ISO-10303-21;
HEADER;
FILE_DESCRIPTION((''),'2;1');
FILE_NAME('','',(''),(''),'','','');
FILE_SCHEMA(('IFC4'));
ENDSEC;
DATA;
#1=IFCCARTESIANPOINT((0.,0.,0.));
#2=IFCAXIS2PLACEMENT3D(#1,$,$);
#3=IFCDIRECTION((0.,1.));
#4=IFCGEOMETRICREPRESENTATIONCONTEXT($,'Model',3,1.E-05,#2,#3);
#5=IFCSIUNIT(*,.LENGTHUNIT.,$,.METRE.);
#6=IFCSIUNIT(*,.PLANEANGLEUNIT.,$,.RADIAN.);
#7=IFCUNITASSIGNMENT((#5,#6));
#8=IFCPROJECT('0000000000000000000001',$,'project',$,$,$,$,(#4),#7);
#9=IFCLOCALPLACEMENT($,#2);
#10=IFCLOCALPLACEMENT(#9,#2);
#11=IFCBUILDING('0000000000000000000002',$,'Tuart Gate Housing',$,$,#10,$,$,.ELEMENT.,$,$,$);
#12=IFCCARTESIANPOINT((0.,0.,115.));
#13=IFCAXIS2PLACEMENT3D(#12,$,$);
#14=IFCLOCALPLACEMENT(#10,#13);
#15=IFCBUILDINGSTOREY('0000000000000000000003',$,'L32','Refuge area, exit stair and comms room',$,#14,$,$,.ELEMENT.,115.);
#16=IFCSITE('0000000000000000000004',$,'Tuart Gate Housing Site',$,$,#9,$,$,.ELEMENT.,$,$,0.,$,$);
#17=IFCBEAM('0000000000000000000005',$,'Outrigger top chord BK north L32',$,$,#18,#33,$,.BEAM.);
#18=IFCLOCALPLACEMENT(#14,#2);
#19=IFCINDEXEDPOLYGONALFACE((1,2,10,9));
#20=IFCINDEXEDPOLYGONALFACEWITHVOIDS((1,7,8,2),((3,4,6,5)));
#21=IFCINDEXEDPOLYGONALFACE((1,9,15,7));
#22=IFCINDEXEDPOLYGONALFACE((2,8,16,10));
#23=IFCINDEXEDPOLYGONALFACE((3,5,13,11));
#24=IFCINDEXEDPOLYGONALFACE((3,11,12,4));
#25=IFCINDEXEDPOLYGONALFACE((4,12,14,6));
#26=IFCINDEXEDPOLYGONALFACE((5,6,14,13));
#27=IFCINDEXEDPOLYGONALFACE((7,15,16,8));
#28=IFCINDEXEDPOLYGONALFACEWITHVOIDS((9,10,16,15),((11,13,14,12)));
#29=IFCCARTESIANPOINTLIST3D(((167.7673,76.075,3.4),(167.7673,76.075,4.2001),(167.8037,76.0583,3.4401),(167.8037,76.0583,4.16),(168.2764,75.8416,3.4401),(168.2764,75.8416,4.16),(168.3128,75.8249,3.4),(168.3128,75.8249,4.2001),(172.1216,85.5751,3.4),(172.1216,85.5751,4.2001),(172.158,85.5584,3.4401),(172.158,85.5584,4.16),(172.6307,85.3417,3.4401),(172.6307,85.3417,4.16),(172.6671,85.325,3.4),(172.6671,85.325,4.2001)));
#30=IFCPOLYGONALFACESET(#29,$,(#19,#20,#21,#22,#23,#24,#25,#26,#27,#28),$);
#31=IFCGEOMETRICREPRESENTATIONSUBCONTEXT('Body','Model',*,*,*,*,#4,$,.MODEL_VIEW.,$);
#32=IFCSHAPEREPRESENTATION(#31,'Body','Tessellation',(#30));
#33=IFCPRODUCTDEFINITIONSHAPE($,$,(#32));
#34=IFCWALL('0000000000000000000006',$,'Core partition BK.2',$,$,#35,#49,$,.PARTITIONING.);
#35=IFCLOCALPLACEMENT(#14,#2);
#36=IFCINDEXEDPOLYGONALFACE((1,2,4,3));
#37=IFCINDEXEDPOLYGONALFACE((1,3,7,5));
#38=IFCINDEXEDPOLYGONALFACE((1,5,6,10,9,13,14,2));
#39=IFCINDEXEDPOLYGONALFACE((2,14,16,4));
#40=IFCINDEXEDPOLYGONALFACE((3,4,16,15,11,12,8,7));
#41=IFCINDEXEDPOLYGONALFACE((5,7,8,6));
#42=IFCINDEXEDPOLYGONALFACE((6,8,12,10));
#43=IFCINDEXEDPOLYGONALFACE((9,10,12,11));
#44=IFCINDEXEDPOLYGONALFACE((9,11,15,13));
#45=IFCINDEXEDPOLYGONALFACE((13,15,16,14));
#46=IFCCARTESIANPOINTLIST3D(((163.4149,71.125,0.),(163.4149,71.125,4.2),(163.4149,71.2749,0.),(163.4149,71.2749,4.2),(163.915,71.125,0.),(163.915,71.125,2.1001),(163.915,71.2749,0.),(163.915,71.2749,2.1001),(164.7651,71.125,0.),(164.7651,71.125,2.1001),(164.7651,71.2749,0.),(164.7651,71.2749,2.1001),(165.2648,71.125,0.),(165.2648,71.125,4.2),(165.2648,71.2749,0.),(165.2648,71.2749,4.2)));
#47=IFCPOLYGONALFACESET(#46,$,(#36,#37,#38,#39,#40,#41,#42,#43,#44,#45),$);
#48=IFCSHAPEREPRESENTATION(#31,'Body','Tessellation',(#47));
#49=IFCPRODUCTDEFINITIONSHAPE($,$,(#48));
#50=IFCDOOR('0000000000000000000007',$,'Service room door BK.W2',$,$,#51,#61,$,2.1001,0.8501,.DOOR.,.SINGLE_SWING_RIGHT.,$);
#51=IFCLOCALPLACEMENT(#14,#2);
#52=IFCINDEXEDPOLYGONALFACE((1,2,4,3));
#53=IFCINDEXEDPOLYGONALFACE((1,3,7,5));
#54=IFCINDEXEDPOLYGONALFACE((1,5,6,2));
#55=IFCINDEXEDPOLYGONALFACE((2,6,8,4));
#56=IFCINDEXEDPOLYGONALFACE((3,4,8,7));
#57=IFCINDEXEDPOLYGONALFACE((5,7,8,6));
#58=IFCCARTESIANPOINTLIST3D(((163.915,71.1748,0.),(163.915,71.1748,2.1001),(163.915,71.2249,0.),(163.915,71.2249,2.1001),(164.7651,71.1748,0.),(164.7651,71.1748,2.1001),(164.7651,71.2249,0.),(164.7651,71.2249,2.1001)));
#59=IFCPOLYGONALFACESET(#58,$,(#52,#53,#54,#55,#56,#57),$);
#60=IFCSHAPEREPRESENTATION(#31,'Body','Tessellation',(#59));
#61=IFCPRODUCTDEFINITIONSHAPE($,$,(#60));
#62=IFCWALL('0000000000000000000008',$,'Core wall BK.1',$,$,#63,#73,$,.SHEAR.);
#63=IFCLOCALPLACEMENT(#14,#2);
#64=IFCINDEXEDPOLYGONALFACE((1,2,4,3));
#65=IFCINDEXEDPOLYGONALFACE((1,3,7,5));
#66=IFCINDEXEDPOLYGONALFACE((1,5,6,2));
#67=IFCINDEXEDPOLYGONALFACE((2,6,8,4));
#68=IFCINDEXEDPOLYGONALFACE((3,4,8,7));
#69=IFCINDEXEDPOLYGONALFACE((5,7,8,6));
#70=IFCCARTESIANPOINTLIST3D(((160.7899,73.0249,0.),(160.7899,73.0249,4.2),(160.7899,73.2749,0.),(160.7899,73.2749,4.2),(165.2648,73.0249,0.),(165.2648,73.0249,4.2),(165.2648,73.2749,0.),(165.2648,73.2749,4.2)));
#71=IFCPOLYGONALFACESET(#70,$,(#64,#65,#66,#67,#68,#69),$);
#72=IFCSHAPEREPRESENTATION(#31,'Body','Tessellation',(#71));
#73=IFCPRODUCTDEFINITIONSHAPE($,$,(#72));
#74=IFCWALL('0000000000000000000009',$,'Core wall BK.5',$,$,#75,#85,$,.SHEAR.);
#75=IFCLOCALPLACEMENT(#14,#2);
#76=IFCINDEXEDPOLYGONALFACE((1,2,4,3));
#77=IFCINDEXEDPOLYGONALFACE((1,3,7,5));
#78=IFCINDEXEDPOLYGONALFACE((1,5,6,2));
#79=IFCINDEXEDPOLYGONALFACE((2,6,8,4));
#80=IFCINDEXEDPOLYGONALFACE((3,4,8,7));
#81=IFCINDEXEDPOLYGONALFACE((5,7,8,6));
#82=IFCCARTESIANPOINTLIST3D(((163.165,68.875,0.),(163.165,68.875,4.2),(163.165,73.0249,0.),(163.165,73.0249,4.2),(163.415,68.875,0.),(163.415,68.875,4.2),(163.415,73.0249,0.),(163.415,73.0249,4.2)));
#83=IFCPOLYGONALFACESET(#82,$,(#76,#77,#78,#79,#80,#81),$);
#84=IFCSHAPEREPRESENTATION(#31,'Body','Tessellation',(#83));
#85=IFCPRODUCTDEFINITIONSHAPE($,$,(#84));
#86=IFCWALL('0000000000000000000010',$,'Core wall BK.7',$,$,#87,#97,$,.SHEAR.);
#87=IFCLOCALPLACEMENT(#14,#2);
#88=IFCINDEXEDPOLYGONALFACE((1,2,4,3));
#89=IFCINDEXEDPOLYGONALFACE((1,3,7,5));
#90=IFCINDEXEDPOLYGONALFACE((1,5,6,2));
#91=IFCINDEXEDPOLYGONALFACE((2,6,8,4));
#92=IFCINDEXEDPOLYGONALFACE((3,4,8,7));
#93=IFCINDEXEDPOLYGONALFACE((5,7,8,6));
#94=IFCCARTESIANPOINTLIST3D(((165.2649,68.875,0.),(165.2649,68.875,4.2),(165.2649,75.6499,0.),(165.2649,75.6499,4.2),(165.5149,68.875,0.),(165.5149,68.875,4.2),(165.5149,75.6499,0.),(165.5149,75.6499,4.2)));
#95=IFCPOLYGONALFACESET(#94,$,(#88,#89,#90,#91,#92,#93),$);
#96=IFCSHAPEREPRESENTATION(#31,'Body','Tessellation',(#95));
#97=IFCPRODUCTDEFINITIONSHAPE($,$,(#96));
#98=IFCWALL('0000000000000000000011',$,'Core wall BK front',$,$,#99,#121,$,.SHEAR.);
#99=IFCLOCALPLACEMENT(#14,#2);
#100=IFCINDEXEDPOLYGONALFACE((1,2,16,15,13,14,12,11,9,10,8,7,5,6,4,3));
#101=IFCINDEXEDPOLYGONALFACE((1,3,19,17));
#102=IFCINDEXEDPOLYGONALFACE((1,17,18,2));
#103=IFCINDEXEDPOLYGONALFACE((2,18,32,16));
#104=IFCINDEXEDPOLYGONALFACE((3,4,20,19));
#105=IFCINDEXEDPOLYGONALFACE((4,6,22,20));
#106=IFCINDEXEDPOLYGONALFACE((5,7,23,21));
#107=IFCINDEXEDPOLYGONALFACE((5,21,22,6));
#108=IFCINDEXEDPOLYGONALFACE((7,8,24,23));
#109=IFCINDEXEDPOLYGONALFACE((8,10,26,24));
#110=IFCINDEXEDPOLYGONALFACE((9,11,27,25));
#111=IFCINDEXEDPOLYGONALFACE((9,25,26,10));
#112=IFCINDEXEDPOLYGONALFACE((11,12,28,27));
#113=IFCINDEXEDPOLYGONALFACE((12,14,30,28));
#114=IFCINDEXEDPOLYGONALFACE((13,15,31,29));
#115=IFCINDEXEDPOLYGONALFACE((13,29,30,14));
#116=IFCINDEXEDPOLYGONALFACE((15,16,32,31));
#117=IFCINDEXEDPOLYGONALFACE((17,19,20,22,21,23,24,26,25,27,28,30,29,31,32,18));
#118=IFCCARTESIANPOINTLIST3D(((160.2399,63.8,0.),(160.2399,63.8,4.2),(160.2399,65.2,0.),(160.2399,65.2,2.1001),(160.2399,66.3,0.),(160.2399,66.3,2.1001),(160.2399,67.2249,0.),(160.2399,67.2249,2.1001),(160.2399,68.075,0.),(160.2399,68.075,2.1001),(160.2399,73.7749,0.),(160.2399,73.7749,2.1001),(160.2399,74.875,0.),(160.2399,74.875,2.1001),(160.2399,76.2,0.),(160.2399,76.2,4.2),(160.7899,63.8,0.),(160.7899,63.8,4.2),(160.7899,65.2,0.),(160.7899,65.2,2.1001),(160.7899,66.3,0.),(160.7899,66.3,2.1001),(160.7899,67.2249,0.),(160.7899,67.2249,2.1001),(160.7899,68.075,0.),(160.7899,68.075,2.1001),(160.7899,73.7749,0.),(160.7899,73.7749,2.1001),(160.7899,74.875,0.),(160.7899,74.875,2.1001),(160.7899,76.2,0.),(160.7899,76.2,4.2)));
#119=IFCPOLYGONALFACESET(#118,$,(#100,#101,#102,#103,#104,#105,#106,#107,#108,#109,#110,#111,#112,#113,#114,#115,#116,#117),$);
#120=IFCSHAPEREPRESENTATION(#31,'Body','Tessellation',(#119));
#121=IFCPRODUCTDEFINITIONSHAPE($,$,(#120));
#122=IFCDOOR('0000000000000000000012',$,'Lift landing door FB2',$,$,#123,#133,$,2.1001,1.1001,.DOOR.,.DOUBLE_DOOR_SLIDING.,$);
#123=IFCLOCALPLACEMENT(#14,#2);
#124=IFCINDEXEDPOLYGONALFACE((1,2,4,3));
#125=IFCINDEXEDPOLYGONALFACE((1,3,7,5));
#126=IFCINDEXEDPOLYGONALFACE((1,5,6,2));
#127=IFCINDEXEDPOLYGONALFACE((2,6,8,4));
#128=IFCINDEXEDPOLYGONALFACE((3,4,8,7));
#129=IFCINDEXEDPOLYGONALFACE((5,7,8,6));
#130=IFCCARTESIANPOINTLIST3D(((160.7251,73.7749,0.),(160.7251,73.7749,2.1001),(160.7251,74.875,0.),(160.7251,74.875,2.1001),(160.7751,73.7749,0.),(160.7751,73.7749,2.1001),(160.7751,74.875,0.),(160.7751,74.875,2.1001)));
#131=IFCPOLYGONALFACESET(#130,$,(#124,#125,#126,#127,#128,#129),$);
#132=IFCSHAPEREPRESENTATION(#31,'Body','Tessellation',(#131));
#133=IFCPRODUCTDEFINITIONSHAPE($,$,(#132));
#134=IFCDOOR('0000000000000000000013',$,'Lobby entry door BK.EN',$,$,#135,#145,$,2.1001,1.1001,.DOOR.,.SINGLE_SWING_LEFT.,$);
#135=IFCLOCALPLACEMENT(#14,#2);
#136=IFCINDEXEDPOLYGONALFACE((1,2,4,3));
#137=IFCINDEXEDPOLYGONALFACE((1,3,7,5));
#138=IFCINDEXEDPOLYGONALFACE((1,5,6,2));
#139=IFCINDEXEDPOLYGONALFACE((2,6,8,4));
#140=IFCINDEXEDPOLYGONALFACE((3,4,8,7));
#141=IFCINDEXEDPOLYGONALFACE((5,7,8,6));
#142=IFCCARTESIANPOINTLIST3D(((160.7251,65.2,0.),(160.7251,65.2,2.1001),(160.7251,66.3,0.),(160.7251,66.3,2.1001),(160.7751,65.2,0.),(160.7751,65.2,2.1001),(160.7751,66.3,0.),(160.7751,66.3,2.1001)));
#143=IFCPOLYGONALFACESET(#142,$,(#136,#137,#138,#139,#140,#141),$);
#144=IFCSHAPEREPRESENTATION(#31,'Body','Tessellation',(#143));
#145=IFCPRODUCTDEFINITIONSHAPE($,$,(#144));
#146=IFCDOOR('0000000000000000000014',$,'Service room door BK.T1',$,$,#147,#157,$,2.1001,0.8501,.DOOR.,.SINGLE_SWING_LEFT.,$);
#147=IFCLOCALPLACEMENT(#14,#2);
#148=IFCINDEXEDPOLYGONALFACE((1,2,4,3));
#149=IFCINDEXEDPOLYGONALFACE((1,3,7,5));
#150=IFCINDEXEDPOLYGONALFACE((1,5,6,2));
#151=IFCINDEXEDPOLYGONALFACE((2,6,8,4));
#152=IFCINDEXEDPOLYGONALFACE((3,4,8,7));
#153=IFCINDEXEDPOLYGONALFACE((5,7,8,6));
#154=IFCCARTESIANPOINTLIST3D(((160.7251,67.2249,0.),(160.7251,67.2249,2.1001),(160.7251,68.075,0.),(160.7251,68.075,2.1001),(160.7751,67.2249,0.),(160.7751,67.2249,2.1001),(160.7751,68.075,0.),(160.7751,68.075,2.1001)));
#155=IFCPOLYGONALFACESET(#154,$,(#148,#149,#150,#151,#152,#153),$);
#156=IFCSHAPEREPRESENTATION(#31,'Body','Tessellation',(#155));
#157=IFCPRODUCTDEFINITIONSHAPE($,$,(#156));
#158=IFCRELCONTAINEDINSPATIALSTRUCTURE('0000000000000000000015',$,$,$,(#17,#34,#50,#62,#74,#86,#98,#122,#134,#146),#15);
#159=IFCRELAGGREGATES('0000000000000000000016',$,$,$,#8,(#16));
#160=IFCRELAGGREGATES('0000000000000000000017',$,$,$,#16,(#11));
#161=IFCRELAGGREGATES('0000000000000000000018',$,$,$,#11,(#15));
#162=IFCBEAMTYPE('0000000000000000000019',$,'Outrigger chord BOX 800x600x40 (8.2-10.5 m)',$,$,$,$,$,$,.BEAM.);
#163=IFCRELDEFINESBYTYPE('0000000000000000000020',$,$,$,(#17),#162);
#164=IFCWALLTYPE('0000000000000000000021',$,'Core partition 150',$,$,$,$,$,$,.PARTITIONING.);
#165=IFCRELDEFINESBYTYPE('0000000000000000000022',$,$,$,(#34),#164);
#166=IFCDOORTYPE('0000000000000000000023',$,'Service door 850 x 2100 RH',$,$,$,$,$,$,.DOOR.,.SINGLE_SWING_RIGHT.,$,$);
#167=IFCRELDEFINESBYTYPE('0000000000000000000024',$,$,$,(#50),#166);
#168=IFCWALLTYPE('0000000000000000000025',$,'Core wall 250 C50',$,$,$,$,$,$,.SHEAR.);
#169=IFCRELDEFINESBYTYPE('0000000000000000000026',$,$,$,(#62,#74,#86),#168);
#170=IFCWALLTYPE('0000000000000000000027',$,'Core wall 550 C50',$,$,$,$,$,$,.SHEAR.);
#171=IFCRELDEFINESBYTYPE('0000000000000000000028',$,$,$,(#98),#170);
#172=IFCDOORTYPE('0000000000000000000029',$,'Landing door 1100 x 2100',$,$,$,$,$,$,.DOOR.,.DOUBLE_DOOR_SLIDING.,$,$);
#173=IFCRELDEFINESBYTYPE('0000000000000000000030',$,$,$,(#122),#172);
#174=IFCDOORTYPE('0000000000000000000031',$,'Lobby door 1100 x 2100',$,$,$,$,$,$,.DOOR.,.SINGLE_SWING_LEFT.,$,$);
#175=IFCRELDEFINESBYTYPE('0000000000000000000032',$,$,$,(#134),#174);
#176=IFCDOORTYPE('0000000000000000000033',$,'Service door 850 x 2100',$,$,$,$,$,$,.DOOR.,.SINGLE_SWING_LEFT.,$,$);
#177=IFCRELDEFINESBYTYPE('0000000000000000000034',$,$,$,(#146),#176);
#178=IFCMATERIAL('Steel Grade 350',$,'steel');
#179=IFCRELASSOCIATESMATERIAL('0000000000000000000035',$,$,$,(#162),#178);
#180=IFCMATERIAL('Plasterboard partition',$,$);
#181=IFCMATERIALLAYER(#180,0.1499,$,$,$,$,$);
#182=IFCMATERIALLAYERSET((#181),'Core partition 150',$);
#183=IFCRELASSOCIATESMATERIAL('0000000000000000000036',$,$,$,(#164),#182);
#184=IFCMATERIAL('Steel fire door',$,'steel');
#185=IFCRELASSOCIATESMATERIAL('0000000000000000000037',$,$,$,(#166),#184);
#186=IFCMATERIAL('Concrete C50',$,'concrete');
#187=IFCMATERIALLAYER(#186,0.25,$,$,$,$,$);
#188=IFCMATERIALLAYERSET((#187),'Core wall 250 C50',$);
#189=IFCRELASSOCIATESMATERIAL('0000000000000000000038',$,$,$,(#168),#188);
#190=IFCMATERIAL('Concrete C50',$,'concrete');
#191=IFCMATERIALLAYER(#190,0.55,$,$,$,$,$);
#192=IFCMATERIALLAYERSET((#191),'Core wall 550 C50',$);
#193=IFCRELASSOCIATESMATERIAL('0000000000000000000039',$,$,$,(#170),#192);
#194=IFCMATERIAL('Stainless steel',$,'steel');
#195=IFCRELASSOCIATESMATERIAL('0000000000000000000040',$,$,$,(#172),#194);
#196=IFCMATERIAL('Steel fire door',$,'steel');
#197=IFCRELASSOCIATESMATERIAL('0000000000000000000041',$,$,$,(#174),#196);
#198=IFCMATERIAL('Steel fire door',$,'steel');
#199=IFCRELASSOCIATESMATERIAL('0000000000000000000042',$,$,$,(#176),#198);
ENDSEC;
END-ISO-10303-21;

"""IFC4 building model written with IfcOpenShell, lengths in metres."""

from ifc_helpers import new_model, si_unit, direction, frame, frame_2d, origin, origin_2d, place, context, subcontext, project, spatial, rectangle, hollow_rectangle, extrude, material, layer, layer_set, material_profile, profile_set, type_object, element, fill, save


model = new_model("IFC4")

# Units and contexts
model_context = context("Model", 3, precision=1e-05, world=origin(), true_north=direction((0.0, 1.0)))
body_context = subcontext(model_context, "Body", "Model", "MODEL_VIEW")
ifc_project = project(units=[si_unit("LENGTHUNIT", "METRE"), si_unit("PLANEANGLEUNIT", "RADIAN")], contexts=[model_context])

# Site, building, storey
site_placement = place(None, origin())
site = spatial("IfcSite", under=ifc_project, at=site_placement, Name="Tuart Gate Housing Site", CompositionType="ELEMENT", RefElevation=0.0)
building_placement = place(site_placement, origin())
building = spatial("IfcBuilding", under=site, at=building_placement, Name="Tuart Gate Housing", CompositionType="ELEMENT")
storey_placement = place(building_placement, frame((0.0, 0.0, 115.0)))
storey = spatial("IfcBuildingStorey", under=building, at=storey_placement, Name="L32", Description="Refuge area, exit stair and comms room", CompositionType="ELEMENT", Elevation=115.0)

# Beam
ifc_material_1 = material(Name="Steel Grade 350", Category="steel")
ifc_material_profile = material_profile(ifc_material_1, hollow_rectangle(XDim=0.6001, YDim=0.8, WallThickness=0.04, at=origin_2d()), Name="BOX 800x600x40")
ifc_profile_set = profile_set([ifc_material_profile], Name="Steel Grade 350")
beam_type = type_object("IfcBeamType", Name="Outrigger chord BOX 800x600x40 (8.2-10.5 m)", PredefinedType="BEAM", material=ifc_profile_set)
beam_placement = place(storey_placement, frame((168.04, 75.95, 3.8), z_axis=(0.416661, 0.909062, 0.0), x_axis=(-0.909062, 0.416661, 0.0)))
element("IfcBeam", 1, at=beam_placement, inside=storey, type_object=beam_type, Name="Outrigger top chord BK north L32", PredefinedType="BEAM", context=body_context, shape_type="SweptSolid", body=[
    extrude(hollow_rectangle(XDim=0.6001, YDim=0.8, WallThickness=0.04, at=origin_2d()), origin(), (0.0, 0.0, 1.0), 10.4504),
])

# Wall, opening, door
ifc_material_2 = material(Name="Plasterboard partition")
ifc_layer_1 = layer(ifc_material_2, 0.1499)
ifc_layer_set_1 = layer_set([ifc_layer_1], Name="Core partition 150")
wall_type_1 = type_object("IfcWallType", Name="Core partition 150", PredefinedType="PARTITIONING", material=ifc_layer_set_1)
wall_1_placement = place(storey_placement, frame((163.415, 71.2, 0.0), z_axis=(0.0, 0.0, 1.0), x_axis=(1.0, 0.0, 0.0)))
wall_1 = element("IfcWall", 2, at=wall_1_placement, inside=storey, type_object=wall_type_1, Name="Core partition BK.2", PredefinedType="PARTITIONING", context=body_context, shape_type="SweptSolid", body=[
    extrude(rectangle(XDim=1.8499, YDim=0.1499, at=frame_2d((0.9248, 0.0))), origin(), (0.0, 0.0, 1.0), 4.2),
])
opening_1_placement = place(wall_1_placement, frame((0.5, 0.0, 0.0)))
opening_1 = element("IfcOpeningElement", 3, at=opening_1_placement, cuts=wall_1, PredefinedType="OPENING", context=body_context, shape_type="SweptSolid", body=[
    extrude(rectangle(XDim=0.8501, YDim=2.1001, at=frame_2d((0.425, 1.05))), frame((0.0, 0.085, 0.0), z_axis=(0.0, -1.0, 0.0), x_axis=(1.0, 0.0, 0.0)), (0.0, 0.0, 1.0), 0.1699),
])
ifc_material_3 = material(Name="Steel fire door", Category="steel")
door_type_1 = type_object("IfcDoorType", Name="Service door 850 x 2100 RH", OperationType="SINGLE_SWING_RIGHT", PredefinedType="DOOR", material=ifc_material_3)
door_1_placement = place(opening_1_placement, frame((0.8501, 0.0, 0.0), z_axis=(0.0, 0.0, 1.0), x_axis=(-1.0, 0.0, 0.0)))
door_1 = element("IfcDoor", 4, at=door_1_placement, inside=storey, type_object=door_type_1, Name="Service room door BK.W2", OperationType="SINGLE_SWING_RIGHT", OverallHeight=2.1001, OverallWidth=0.8501, PredefinedType="DOOR", context=body_context, shape_type="SweptSolid", body=[
    extrude(rectangle(XDim=0.8501, YDim=2.1001, at=frame_2d((0.425, 1.05))), frame((0.0, 0.0251, 0.0), z_axis=(0.0, -1.0, 0.0), x_axis=(1.0, 0.0, 0.0)), (0.0, 0.0, 1.0), 0.05),
])
fill(opening_1, door_1)

# Walls
ifc_material_4 = material(Name="Concrete C50", Category="concrete")
ifc_layer_2 = layer(ifc_material_4, 0.25)
ifc_layer_set_2 = layer_set([ifc_layer_2], Name="Core wall 250 C50")
wall_type_2 = type_object("IfcWallType", Name="Core wall 250 C50", PredefinedType="SHEAR", material=ifc_layer_set_2)
wall_2_placement = place(storey_placement, frame((160.79, 73.1499, 0.0), z_axis=(0.0, 0.0, 1.0), x_axis=(1.0, 0.0, 0.0)))
element("IfcWall", 5, at=wall_2_placement, inside=storey, type_object=wall_type_2, Name="Core wall BK.1", PredefinedType="SHEAR", context=body_context, shape_type="SweptSolid", body=[
    extrude(rectangle(XDim=4.4749, YDim=0.25, at=frame_2d((2.2373, 0.0))), origin(), (0.0, 0.0, 1.0), 4.2),
])
wall_3_placement = place(storey_placement, frame((163.29, 73.0249, 0.0), z_axis=(0.0, 0.0, 1.0), x_axis=(0.0, -1.0, 0.0)))
element("IfcWall", 6, at=wall_3_placement, inside=storey, type_object=wall_type_2, Name="Core wall BK.5", PredefinedType="SHEAR", context=body_context, shape_type="SweptSolid", body=[
    extrude(rectangle(XDim=4.1499, YDim=0.25, at=frame_2d((2.075, 0.0))), origin(), (0.0, 0.0, 1.0), 4.2),
])
wall_4_placement = place(storey_placement, frame((165.3899, 75.6499, 0.0), z_axis=(0.0, 0.0, 1.0), x_axis=(0.0, -1.0, 0.0)))
element("IfcWall", 7, at=wall_4_placement, inside=storey, type_object=wall_type_2, Name="Core wall BK.7", PredefinedType="SHEAR", context=body_context, shape_type="SweptSolid", body=[
    extrude(rectangle(XDim=6.7749, YDim=0.25, at=frame_2d((3.3875, 0.0))), origin(), (0.0, 0.0, 1.0), 4.2),
])

# Wall, openings, doors
ifc_material_5 = material(Name="Concrete C50", Category="concrete")
ifc_layer_3 = layer(ifc_material_5, 0.55)
ifc_layer_set_3 = layer_set([ifc_layer_3], Name="Core wall 550 C50")
wall_type_3 = type_object("IfcWallType", Name="Core wall 550 C50", PredefinedType="SHEAR", material=ifc_layer_set_3)
wall_5_placement = place(storey_placement, frame((160.5149, 76.2, 0.0), z_axis=(0.0, 0.0, 1.0), x_axis=(0.0, -1.0, 0.0)))
wall_5 = element("IfcWall", 8, at=wall_5_placement, inside=storey, type_object=wall_type_3, Name="Core wall BK front", PredefinedType="SHEAR", context=body_context, shape_type="SweptSolid", body=[
    extrude(rectangle(XDim=12.3999, YDim=0.55, at=frame_2d((6.2, 0.0))), origin(), (0.0, 0.0, 1.0), 4.2),
])
opening_2_placement = place(wall_5_placement, frame((1.325, 0.0, 0.0)))
opening_2 = element("IfcOpeningElement", 9, at=opening_2_placement, cuts=wall_5, PredefinedType="OPENING", context=body_context, shape_type="SweptSolid", body=[
    extrude(rectangle(XDim=1.1001, YDim=2.1001, at=frame_2d((0.55, 1.05))), frame((0.0, 0.2849, 0.0), z_axis=(0.0, -1.0, 0.0), x_axis=(1.0, 0.0, 0.0)), (0.0, 0.0, 1.0), 0.5701),
])
opening_3_placement = place(wall_5_placement, frame((9.8999, 0.0, 0.0)))
opening_3 = element("IfcOpeningElement", 10, at=opening_3_placement, cuts=wall_5, PredefinedType="OPENING", context=body_context, shape_type="SweptSolid", body=[
    extrude(rectangle(XDim=1.1001, YDim=2.1001, at=frame_2d((0.55, 1.05))), frame((0.0, 0.2849, 0.0), z_axis=(0.0, -1.0, 0.0), x_axis=(1.0, 0.0, 0.0)), (0.0, 0.0, 1.0), 0.5701),
])
opening_4_placement = place(wall_5_placement, frame((8.125, 0.0, 0.0)))
opening_4 = element("IfcOpeningElement", 11, at=opening_4_placement, cuts=wall_5, PredefinedType="OPENING", context=body_context, shape_type="SweptSolid", body=[
    extrude(rectangle(XDim=0.8501, YDim=2.1001, at=frame_2d((0.425, 1.05))), frame((0.0, 0.2849, 0.0), z_axis=(0.0, -1.0, 0.0), x_axis=(1.0, 0.0, 0.0)), (0.0, 0.0, 1.0), 0.5701),
])
ifc_material_6 = material(Name="Stainless steel", Category="steel")
door_type_2 = type_object("IfcDoorType", Name="Landing door 1100 x 2100", OperationType="DOUBLE_DOOR_SLIDING", PredefinedType="DOOR", material=ifc_material_6)
door_2_placement = place(opening_2_placement, origin())
door_2 = element("IfcDoor", 12, at=door_2_placement, inside=storey, type_object=door_type_2, Name="Lift landing door FB2", OperationType="DOUBLE_DOOR_SLIDING", OverallHeight=2.1001, OverallWidth=1.1001, PredefinedType="DOOR", context=body_context, shape_type="SweptSolid", body=[
    extrude(rectangle(XDim=1.1001, YDim=2.1001, at=frame_2d((0.55, 1.05))), frame((0.0, 0.2603, 0.0), z_axis=(0.0, -1.0, 0.0), x_axis=(1.0, 0.0, 0.0)), (0.0, 0.0, 1.0), 0.05),
])
fill(opening_2, door_2)
ifc_material_7 = material(Name="Steel fire door", Category="steel")
door_type_3 = type_object("IfcDoorType", Name="Lobby door 1100 x 2100", OperationType="SINGLE_SWING_LEFT", PredefinedType="DOOR", material=ifc_material_7)
door_3_placement = place(opening_3_placement, origin())
door_3 = element("IfcDoor", 13, at=door_3_placement, inside=storey, type_object=door_type_3, Name="Lobby entry door BK.EN", OperationType="SINGLE_SWING_LEFT", OverallHeight=2.1001, OverallWidth=1.1001, PredefinedType="DOOR", context=body_context, shape_type="SweptSolid", body=[
    extrude(rectangle(XDim=1.1001, YDim=2.1001, at=frame_2d((0.55, 1.05))), frame((0.0, 0.2603, 0.0), z_axis=(0.0, -1.0, 0.0), x_axis=(1.0, 0.0, 0.0)), (0.0, 0.0, 1.0), 0.05),
])
fill(opening_3, door_3)
ifc_material_8 = material(Name="Steel fire door", Category="steel")
door_type_4 = type_object("IfcDoorType", Name="Service door 850 x 2100", OperationType="SINGLE_SWING_LEFT", PredefinedType="DOOR", material=ifc_material_8)
door_4_placement = place(opening_4_placement, origin())
door_4 = element("IfcDoor", 14, at=door_4_placement, inside=storey, type_object=door_type_4, Name="Service room door BK.T1", OperationType="SINGLE_SWING_LEFT", OverallHeight=2.1001, OverallWidth=0.8501, PredefinedType="DOOR", context=body_context, shape_type="SweptSolid", body=[
    extrude(rectangle(XDim=0.8501, YDim=2.1001, at=frame_2d((0.425, 1.05))), frame((0.0, 0.2603, 0.0), z_axis=(0.0, -1.0, 0.0), x_axis=(1.0, 0.0, 0.0)), (0.0, 0.0, 1.0), 0.05),
])
fill(opening_4, door_4)

save(model, "model.ifc")
